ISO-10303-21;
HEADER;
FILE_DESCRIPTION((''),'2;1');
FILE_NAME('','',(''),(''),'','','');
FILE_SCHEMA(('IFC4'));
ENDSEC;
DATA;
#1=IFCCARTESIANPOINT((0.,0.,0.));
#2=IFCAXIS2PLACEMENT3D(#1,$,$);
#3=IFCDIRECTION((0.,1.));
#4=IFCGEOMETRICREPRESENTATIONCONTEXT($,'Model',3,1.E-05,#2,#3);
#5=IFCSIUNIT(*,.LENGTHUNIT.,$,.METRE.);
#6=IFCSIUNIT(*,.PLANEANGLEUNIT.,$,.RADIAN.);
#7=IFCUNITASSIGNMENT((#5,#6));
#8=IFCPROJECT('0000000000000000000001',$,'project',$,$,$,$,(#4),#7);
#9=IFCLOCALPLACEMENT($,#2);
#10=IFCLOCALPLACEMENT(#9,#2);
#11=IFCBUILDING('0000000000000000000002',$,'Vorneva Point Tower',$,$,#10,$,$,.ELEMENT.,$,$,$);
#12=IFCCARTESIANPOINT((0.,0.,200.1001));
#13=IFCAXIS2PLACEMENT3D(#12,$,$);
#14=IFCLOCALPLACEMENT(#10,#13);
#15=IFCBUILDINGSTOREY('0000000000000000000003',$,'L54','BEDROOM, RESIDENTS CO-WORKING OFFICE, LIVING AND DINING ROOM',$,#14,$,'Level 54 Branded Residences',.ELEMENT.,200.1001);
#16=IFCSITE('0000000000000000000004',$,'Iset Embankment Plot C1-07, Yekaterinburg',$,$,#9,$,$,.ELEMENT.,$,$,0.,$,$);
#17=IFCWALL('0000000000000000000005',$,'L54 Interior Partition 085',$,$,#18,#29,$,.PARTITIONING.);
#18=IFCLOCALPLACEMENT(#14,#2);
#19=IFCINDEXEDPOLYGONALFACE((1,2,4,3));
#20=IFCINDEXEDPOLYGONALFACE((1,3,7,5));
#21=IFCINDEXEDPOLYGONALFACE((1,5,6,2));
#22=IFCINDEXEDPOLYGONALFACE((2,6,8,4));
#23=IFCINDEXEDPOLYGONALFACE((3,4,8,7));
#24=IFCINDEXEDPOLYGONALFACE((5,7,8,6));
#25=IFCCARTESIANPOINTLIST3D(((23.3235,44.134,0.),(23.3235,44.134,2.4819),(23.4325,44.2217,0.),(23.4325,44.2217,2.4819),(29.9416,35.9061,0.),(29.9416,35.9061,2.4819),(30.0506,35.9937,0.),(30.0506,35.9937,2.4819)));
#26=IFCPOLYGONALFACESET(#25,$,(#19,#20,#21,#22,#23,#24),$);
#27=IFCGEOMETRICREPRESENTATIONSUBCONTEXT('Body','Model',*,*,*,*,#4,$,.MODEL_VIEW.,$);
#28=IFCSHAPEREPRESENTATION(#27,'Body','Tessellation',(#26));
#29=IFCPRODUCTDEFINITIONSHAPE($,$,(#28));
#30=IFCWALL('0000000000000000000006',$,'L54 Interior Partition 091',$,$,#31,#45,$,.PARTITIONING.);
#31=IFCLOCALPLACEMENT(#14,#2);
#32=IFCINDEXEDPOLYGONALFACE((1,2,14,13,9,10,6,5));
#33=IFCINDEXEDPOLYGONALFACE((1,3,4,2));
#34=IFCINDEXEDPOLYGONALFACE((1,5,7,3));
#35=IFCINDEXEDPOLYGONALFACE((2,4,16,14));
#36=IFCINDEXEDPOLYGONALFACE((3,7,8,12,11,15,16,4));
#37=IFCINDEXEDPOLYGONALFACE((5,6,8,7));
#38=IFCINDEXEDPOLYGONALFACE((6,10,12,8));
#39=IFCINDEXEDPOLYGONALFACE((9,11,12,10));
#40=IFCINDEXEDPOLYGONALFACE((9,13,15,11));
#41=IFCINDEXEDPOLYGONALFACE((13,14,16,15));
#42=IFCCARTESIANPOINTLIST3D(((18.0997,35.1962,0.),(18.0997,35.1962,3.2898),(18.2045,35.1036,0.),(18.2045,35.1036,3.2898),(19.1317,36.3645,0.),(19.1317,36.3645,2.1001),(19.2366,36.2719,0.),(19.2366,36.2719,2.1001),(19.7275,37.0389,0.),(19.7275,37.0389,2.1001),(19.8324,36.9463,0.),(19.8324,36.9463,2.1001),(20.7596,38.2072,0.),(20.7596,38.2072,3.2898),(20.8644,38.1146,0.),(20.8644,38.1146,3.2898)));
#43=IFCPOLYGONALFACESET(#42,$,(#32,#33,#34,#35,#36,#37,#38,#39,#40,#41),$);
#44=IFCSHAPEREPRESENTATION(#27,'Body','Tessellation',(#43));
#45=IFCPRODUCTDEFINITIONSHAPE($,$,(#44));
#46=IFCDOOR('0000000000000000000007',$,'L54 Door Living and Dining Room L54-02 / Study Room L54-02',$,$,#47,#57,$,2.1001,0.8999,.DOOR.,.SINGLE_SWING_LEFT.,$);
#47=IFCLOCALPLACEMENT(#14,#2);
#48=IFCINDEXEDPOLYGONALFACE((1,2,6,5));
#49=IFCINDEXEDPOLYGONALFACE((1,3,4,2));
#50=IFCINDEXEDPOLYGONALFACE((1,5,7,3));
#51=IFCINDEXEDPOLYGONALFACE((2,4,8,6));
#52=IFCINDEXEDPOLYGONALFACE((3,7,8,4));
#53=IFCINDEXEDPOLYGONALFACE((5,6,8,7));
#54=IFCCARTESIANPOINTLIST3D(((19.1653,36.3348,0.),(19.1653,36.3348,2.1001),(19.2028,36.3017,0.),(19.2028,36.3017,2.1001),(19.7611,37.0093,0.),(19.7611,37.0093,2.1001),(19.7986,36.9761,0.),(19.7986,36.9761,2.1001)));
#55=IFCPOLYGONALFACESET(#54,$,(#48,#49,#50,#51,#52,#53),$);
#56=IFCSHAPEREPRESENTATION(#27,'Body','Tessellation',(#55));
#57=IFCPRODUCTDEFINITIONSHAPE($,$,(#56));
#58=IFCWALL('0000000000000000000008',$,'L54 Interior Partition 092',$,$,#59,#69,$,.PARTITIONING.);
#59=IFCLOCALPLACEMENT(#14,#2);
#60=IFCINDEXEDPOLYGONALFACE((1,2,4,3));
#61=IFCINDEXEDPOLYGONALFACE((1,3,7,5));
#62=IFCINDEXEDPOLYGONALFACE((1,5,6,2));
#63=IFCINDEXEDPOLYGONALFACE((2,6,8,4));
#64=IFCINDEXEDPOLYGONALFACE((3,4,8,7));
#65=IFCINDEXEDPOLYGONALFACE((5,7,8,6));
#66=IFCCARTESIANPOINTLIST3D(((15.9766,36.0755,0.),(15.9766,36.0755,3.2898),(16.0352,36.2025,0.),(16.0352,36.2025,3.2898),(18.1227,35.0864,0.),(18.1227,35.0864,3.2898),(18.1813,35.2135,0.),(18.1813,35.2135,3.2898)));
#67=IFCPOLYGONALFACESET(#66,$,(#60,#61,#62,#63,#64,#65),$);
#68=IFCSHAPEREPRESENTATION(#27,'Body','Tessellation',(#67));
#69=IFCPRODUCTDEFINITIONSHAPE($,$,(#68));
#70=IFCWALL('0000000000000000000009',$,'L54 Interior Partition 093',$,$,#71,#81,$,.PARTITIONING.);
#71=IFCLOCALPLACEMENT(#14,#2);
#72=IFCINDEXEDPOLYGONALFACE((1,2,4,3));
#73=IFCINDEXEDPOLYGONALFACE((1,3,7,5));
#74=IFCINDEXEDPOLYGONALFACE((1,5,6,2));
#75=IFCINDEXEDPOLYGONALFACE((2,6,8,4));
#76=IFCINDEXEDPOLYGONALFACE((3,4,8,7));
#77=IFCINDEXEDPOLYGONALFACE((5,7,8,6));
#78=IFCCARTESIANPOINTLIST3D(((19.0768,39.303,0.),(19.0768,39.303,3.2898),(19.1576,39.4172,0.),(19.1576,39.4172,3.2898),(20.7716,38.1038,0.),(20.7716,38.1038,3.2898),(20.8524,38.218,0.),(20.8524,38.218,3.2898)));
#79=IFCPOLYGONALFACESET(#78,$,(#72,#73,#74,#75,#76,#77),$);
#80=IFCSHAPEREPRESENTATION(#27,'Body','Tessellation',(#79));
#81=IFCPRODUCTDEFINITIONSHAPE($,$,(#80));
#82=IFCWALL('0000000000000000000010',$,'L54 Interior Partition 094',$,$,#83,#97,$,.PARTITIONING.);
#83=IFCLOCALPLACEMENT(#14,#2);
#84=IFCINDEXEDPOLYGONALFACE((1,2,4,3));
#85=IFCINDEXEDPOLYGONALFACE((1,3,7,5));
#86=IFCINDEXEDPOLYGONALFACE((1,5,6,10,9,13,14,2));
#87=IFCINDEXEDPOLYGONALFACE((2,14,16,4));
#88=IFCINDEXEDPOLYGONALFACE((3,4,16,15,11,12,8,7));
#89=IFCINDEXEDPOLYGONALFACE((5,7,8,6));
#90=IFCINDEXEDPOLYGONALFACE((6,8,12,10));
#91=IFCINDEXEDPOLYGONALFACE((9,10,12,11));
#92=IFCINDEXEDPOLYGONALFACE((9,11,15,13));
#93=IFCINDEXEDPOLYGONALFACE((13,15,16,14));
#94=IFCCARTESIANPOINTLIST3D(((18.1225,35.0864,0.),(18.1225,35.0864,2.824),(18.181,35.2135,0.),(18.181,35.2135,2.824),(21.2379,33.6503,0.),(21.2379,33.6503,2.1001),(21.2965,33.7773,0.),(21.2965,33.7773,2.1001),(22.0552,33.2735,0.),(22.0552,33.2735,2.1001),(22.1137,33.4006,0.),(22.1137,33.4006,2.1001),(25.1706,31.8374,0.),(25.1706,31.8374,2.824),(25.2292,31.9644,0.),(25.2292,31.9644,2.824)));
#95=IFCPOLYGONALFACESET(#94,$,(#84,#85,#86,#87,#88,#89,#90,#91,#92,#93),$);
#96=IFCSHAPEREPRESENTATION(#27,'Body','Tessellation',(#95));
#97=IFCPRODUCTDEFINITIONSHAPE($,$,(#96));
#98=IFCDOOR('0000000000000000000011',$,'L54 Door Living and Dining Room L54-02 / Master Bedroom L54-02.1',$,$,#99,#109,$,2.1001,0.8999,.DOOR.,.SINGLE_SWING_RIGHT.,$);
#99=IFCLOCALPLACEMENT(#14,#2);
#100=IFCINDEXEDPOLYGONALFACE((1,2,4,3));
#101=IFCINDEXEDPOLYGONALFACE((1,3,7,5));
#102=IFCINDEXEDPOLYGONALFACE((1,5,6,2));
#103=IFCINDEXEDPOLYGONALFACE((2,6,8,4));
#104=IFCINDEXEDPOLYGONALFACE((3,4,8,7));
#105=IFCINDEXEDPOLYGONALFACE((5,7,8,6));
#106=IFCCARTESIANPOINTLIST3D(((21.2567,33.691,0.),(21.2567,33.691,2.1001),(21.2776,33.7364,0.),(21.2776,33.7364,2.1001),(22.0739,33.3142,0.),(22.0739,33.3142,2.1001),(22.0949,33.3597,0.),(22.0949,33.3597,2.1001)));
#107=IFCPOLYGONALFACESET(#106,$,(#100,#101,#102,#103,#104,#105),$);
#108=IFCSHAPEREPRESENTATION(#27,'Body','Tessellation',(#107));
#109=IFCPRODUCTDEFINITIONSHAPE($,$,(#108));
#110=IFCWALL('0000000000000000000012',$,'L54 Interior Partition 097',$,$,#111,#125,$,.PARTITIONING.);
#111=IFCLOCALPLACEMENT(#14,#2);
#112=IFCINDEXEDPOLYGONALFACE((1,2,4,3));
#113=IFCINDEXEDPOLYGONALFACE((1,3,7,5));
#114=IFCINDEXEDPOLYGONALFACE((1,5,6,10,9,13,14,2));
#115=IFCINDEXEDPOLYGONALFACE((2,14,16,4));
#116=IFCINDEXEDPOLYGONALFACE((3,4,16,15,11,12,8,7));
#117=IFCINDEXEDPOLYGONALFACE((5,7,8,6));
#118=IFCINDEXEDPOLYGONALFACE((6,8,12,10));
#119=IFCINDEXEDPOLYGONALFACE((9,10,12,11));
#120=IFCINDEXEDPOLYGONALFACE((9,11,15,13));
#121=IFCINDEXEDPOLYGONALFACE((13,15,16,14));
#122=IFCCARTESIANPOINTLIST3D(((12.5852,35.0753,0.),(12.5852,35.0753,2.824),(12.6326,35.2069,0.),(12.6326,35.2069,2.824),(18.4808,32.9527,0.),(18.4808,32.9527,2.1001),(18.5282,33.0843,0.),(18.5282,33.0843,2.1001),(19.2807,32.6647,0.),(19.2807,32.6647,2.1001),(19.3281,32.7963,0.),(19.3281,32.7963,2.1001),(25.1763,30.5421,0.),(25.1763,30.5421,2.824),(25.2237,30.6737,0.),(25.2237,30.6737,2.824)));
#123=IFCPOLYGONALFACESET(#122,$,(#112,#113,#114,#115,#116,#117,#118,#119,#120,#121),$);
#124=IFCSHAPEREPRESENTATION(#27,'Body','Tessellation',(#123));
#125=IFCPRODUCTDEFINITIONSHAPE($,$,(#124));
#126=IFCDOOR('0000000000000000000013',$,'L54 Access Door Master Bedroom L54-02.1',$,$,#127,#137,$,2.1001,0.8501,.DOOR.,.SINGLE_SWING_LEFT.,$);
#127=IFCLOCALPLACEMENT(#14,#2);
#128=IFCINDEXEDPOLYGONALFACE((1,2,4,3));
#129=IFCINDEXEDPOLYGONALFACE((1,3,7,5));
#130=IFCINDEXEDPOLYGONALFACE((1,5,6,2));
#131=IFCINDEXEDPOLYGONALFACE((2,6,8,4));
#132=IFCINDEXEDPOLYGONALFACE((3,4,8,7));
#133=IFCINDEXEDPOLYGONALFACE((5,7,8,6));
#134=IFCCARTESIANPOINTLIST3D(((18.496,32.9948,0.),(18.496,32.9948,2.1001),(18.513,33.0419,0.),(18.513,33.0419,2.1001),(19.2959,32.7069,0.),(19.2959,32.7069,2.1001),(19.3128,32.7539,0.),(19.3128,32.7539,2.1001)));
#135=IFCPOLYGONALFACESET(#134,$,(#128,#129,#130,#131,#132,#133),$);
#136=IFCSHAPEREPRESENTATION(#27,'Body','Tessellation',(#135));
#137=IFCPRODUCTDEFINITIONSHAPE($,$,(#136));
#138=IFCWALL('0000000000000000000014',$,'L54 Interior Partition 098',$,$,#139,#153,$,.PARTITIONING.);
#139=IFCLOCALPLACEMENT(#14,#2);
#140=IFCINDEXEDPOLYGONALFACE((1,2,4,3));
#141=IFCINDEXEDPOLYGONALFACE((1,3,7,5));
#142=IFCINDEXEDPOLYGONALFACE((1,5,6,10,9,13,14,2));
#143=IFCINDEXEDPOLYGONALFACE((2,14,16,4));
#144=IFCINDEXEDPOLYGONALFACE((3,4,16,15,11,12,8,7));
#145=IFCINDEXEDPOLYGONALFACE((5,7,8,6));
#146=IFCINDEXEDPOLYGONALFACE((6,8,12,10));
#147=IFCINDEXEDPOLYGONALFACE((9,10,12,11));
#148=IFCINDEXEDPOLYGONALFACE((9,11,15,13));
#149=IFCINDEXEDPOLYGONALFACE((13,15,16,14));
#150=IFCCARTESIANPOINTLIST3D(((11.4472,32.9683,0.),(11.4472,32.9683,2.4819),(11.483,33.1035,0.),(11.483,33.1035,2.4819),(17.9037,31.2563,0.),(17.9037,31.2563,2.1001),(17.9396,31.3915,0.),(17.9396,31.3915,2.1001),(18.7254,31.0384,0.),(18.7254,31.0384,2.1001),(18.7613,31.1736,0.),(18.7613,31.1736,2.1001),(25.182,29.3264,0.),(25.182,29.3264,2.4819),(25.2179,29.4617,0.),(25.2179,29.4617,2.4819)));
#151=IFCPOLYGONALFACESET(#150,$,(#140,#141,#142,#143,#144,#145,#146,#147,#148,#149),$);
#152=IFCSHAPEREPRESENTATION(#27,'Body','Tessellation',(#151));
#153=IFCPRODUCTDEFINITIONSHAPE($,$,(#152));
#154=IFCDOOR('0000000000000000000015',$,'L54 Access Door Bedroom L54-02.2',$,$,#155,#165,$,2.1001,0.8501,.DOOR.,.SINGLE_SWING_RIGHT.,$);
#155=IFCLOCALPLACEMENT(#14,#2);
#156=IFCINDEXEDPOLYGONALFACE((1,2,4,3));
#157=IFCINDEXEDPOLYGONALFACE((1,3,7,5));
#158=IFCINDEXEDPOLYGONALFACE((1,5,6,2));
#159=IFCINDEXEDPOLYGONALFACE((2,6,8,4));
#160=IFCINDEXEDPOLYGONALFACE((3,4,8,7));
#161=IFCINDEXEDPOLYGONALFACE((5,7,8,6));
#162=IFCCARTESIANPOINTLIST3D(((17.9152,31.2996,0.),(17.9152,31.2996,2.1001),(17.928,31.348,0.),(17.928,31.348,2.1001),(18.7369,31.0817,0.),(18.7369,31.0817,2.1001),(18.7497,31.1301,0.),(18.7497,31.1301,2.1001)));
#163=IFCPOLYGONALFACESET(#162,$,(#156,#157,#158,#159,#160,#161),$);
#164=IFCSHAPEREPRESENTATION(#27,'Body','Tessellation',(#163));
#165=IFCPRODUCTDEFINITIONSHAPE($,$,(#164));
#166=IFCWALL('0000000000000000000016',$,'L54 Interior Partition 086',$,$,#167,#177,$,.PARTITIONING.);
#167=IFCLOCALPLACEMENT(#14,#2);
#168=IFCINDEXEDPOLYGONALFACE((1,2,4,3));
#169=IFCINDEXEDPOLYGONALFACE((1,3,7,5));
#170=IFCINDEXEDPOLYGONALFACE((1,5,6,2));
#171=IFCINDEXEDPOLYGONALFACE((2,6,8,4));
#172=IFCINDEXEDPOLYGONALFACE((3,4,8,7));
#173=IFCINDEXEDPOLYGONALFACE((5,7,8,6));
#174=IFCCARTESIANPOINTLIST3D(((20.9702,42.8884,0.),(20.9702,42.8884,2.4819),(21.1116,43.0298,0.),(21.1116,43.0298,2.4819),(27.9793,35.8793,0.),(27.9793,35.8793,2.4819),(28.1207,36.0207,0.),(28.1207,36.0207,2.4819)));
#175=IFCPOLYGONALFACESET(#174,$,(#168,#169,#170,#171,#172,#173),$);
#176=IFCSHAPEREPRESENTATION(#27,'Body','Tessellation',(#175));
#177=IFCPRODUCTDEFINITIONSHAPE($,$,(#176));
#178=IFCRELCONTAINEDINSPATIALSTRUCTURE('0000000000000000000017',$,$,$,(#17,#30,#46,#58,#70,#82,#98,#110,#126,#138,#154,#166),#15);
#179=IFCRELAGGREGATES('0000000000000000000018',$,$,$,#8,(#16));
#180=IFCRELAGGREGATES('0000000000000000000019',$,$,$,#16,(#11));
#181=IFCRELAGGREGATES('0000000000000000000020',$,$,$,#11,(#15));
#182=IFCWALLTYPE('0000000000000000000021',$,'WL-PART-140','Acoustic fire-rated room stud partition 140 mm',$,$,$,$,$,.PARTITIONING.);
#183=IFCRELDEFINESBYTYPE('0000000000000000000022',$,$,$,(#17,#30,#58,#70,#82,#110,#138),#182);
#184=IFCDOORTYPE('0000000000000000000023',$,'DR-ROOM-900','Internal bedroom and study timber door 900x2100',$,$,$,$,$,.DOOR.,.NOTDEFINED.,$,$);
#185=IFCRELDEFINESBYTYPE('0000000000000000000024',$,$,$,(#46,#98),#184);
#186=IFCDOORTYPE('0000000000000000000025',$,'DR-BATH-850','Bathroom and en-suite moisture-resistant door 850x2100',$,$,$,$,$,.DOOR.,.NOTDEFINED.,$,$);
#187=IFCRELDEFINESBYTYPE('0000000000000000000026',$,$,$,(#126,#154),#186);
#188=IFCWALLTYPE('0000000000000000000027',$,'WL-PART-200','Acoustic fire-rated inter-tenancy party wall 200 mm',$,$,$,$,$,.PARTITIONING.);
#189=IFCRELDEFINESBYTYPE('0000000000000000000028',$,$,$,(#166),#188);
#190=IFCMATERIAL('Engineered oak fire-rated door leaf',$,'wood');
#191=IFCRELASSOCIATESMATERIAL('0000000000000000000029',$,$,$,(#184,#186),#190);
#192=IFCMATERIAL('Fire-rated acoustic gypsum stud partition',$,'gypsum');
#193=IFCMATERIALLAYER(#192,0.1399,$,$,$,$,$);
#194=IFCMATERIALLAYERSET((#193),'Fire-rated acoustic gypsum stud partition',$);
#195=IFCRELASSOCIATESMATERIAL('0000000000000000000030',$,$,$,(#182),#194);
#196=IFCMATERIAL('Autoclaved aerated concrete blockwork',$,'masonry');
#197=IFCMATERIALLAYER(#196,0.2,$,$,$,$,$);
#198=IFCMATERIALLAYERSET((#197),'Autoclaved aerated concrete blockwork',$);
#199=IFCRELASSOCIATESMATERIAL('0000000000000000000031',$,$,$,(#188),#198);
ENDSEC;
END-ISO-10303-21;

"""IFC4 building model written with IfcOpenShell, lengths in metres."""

from ifc_helpers import new_model, si_unit, direction, frame, frame_2d, origin, place, context, subcontext, project, spatial, rectangle, extrude, material, layer, layer_set, type_object, element, fill, save


model = new_model("IFC4")

# Units and contexts
model_context = context("Model", 3, precision=1e-05, world=origin(), true_north=direction((0.0, 1.0)))
body_context = subcontext(model_context, "Body", "Model", "MODEL_VIEW")
ifc_project = project(units=[si_unit("LENGTHUNIT", "METRE"), si_unit("PLANEANGLEUNIT", "RADIAN")], contexts=[model_context])

# Site, building, storey
site_placement = place(None, origin())
site = spatial("IfcSite", under=ifc_project, at=site_placement, Name="Iset Embankment Plot C1-07, Yekaterinburg", CompositionType="ELEMENT", RefElevation=0.0)
building_placement = place(site_placement, origin())
building = spatial("IfcBuilding", under=site, at=building_placement, Name="Vorneva Point Tower", CompositionType="ELEMENT")
storey_placement = place(building_placement, frame((0.0, 0.0, 200.1001)))
storey = spatial("IfcBuildingStorey", under=building, at=storey_placement, Name="L54", Description="BEDROOM, RESIDENTS CO-WORKING OFFICE, LIVING AND DINING ROOM", LongName="Level 54 Branded Residences", CompositionType="ELEMENT", Elevation=200.1001)

# Shared definitions
ifc_material_1 = material(Name="Fire-rated acoustic gypsum stud partition", Category="gypsum")

# Shared definitions
ifc_material_2 = material(Name="Engineered oak fire-rated door leaf", Category="wood")
door_type_1 = type_object("IfcDoorType", Name="DR-ROOM-900", Description="Internal bedroom and study timber door 900x2100", OperationType="NOTDEFINED", PredefinedType="DOOR", material=ifc_material_2)

# Wall
ifc_layer_1 = layer(ifc_material_1, 0.1399)
ifc_layer_set_1 = layer_set([ifc_layer_1], Name="Fire-rated acoustic gypsum stud partition")
wall_type_1 = type_object("IfcWallType", Name="WL-PART-140", Description="Acoustic fire-rated room stud partition 140 mm", PredefinedType="PARTITIONING", material=ifc_layer_set_1)
wall_1_placement = place(storey_placement, frame((23.3779, 44.178, 0.0), z_axis=(0.0, 0.0, 1.0), x_axis=(0.626757, -0.779215, 0.0)))
element("IfcWall", 1, at=wall_1_placement, inside=storey, type_object=wall_type_1, Name="L54 Interior Partition 085", PredefinedType="PARTITIONING", context=body_context, shape_type="SweptSolid", body=[
    extrude(rectangle(XDim=10.5593, YDim=0.1399, at=frame_2d((5.2798, 0.0))), origin(), (0.0, 0.0, 1.0), 2.4819),
])

# Wall, opening, door
wall_2_placement = place(storey_placement, frame((20.812, 38.1609, 0.0), z_axis=(0.0, 0.0, 1.0), x_axis=(-0.662064, -0.749448, 0.0)))
wall_2 = element("IfcWall", 2, at=wall_2_placement, inside=storey, type_object=wall_type_1, Name="L54 Interior Partition 091", PredefinedType="PARTITIONING", context=body_context, shape_type="SweptSolid", body=[
    extrude(rectangle(XDim=4.0176, YDim=0.1399, at=frame_2d((2.0088, 0.0))), origin(), (0.0, 0.0, 1.0), 3.2898),
])
opening_1_placement = place(wall_2_placement, frame((1.5588, 0.0, 0.0)))
opening_1 = element("IfcOpeningElement", 3, at=opening_1_placement, cuts=wall_2, PredefinedType="OPENING", context=body_context, shape_type="SweptSolid", body=[
    extrude(rectangle(XDim=0.8999, YDim=2.1001, at=frame_2d((0.45, 1.05))), frame((0.0, 0.085, 0.0), z_axis=(0.0, -1.0, 0.0), x_axis=(1.0, 0.0, 0.0)), (0.0, 0.0, 1.0), 0.1697),
])
door_1_placement = place(opening_1_placement, origin())
door_1 = element("IfcDoor", 4, at=door_1_placement, inside=storey, type_object=door_type_1, Name="L54 Door Living and Dining Room L54-02 / Study Room L54-02", OperationType="SINGLE_SWING_LEFT", OverallHeight=2.1001, OverallWidth=0.8999, PredefinedType="DOOR", context=body_context, shape_type="SweptSolid", body=[
    extrude(rectangle(XDim=0.8999, YDim=2.1001, at=frame_2d((0.45, 1.05))), frame((0.0, 0.0249, 0.0), z_axis=(0.0, -1.0, 0.0), x_axis=(1.0, 0.0, 0.0)), (0.0, 0.0, 1.0), 0.05),
])
fill(opening_1, door_1)

# Walls
wall_3_placement = place(storey_placement, frame((18.1521, 35.1499, 0.0), z_axis=(0.0, 0.0, 1.0), x_axis=(-0.908192, 0.418554, 0.0)))
element("IfcWall", 5, at=wall_3_placement, inside=storey, type_object=wall_type_1, Name="L54 Interior Partition 092", PredefinedType="PARTITIONING", context=body_context, shape_type="SweptSolid", body=[
    extrude(rectangle(XDim=2.363, YDim=0.1399, at=frame_2d((1.1816, 0.0))), origin(), (0.0, 0.0, 1.0), 3.2898),
])
wall_4_placement = place(storey_placement, frame((19.1172, 39.3601, 0.0), z_axis=(0.0, 0.0, 1.0), x_axis=(0.816316, -0.577606, 0.0)))
element("IfcWall", 6, at=wall_4_placement, inside=storey, type_object=wall_type_1, Name="L54 Interior Partition 093", PredefinedType="PARTITIONING", context=body_context, shape_type="SweptSolid", body=[
    extrude(rectangle(XDim=2.0762, YDim=0.1399, at=frame_2d((1.0381, 0.0))), origin(), (0.0, 0.0, 1.0), 3.2898),
])

# Walls, openings, doors
wall_5_placement = place(storey_placement, frame((18.1519, 35.1499, 0.0), z_axis=(0.0, 0.0, 1.0), x_axis=(0.908153, -0.418639, 0.0)))
wall_5 = element("IfcWall", 7, at=wall_5_placement, inside=storey, type_object=wall_type_1, Name="L54 Interior Partition 094", PredefinedType="PARTITIONING", context=body_context, shape_type="SweptSolid", body=[
    extrude(rectangle(XDim=7.761, YDim=0.1399, at=frame_2d((3.8804, 0.0))), origin(), (0.0, 0.0, 1.0), 2.824),
])
opening_2_placement = place(wall_5_placement, frame((3.4304, 0.0, 0.0)))
opening_2 = element("IfcOpeningElement", 8, at=opening_2_placement, cuts=wall_5, PredefinedType="OPENING", context=body_context, shape_type="SweptSolid", body=[
    extrude(rectangle(XDim=0.8999, YDim=2.1001, at=frame_2d((0.45, 1.05))), frame((0.0, 0.085, 0.0), z_axis=(0.0, -1.0, 0.0), x_axis=(1.0, 0.0, 0.0)), (0.0, 0.0, 1.0), 0.1697),
])
door_2_placement = place(opening_2_placement, origin())
door_2 = element("IfcDoor", 9, at=door_2_placement, inside=storey, type_object=door_type_1, Name="L54 Door Living and Dining Room L54-02 / Master Bedroom L54-02.1", OperationType="SINGLE_SWING_RIGHT", OverallHeight=2.1001, OverallWidth=0.8999, PredefinedType="DOOR", context=body_context, shape_type="SweptSolid", body=[
    extrude(rectangle(XDim=0.8999, YDim=2.1001, at=frame_2d((0.45, 1.05))), frame((0.0, 0.0249, 0.0), z_axis=(0.0, -1.0, 0.0), x_axis=(1.0, 0.0, 0.0)), (0.0, 0.0, 1.0), 0.05),
])
fill(opening_2, door_2)
wall_6_placement = place(storey_placement, frame((12.6089, 35.1411, 0.0), z_axis=(0.0, 0.0, 1.0), x_axis=(0.940877, -0.338747, 0.0)))
wall_6 = element("IfcWall", 10, at=wall_6_placement, inside=storey, type_object=wall_type_1, Name="L54 Interior Partition 097", PredefinedType="PARTITIONING", context=body_context, shape_type="SweptSolid", body=[
    extrude(rectangle(XDim=13.3823, YDim=0.1399, at=frame_2d((6.6912, 0.0))), origin(), (0.0, 0.0, 1.0), 2.824),
])
opening_3_placement = place(wall_6_placement, frame((6.2661, 0.0, 0.0)))
opening_3 = element("IfcOpeningElement", 11, at=opening_3_placement, cuts=wall_6, PredefinedType="OPENING", context=body_context, shape_type="SweptSolid", body=[
    extrude(rectangle(XDim=0.8501, YDim=2.1001, at=frame_2d((0.425, 1.05))), frame((0.0, 0.085, 0.0), z_axis=(0.0, -1.0, 0.0), x_axis=(1.0, 0.0, 0.0)), (0.0, 0.0, 1.0), 0.1697),
])
door_type_2 = type_object("IfcDoorType", Name="DR-BATH-850", Description="Bathroom and en-suite moisture-resistant door 850x2100", OperationType="NOTDEFINED", PredefinedType="DOOR", material=ifc_material_2)
door_3_placement = place(opening_3_placement, origin())
door_3 = element("IfcDoor", 12, at=door_3_placement, inside=storey, type_object=door_type_2, Name="L54 Access Door Master Bedroom L54-02.1", OperationType="SINGLE_SWING_LEFT", OverallHeight=2.1001, OverallWidth=0.8501, PredefinedType="DOOR", context=body_context, shape_type="SweptSolid", body=[
    extrude(rectangle(XDim=0.8501, YDim=2.1001, at=frame_2d((0.425, 1.05))), frame((0.0, 0.0249, 0.0), z_axis=(0.0, -1.0, 0.0), x_axis=(1.0, 0.0, 0.0)), (0.0, 0.0, 1.0), 0.05),
])
fill(opening_3, door_3)
wall_7_placement = place(storey_placement, frame((11.4651, 33.0359, 0.0), z_axis=(0.0, 0.0, 1.0), x_axis=(0.966598, -0.256297, 0.0)))
wall_7 = element("IfcWall", 13, at=wall_7_placement, inside=storey, type_object=wall_type_1, Name="L54 Interior Partition 098", PredefinedType="PARTITIONING", context=body_context, shape_type="SweptSolid", body=[
    extrude(rectangle(XDim=14.2095, YDim=0.1399, at=frame_2d((7.1047, 0.0))), origin(), (0.0, 0.0, 1.0), 2.4819),
])
opening_4_placement = place(wall_7_placement, frame((6.6797, 0.0, 0.0)))
opening_4 = element("IfcOpeningElement", 14, at=opening_4_placement, cuts=wall_7, PredefinedType="OPENING", context=body_context, shape_type="SweptSolid", body=[
    extrude(rectangle(XDim=0.8501, YDim=2.1001, at=frame_2d((0.425, 1.05))), frame((0.0, 0.085, 0.0), z_axis=(0.0, -1.0, 0.0), x_axis=(1.0, 0.0, 0.0)), (0.0, 0.0, 1.0), 0.1697),
])
door_4_placement = place(opening_4_placement, origin())
door_4 = element("IfcDoor", 15, at=door_4_placement, inside=storey, type_object=door_type_2, Name="L54 Access Door Bedroom L54-02.2", OperationType="SINGLE_SWING_RIGHT", OverallHeight=2.1001, OverallWidth=0.8501, PredefinedType="DOOR", context=body_context, shape_type="SweptSolid", body=[
    extrude(rectangle(XDim=0.8501, YDim=2.1001, at=frame_2d((0.425, 1.05))), frame((0.0, 0.0249, 0.0), z_axis=(0.0, -1.0, 0.0), x_axis=(1.0, 0.0, 0.0)), (0.0, 0.0, 1.0), 0.05),
])
fill(opening_4, door_4)

# Wall
ifc_material_3 = material(Name="Autoclaved aerated concrete blockwork", Category="masonry")
ifc_layer_2 = layer(ifc_material_3, 0.2)
ifc_layer_set_2 = layer_set([ifc_layer_2], Name="Autoclaved aerated concrete blockwork")
wall_type_2 = type_object("IfcWallType", Name="WL-PART-200", Description="Acoustic fire-rated inter-tenancy party wall 200 mm", PredefinedType="PARTITIONING", material=ifc_layer_set_2)
wall_8_placement = place(storey_placement, frame((21.041, 42.959, 0.0), z_axis=(0.0, 0.0, 1.0), x_axis=(0.707107, -0.707107, 0.0)))
element("IfcWall", 16, at=wall_8_placement, inside=storey, type_object=wall_type_2, Name="L54 Interior Partition 086", PredefinedType="PARTITIONING", context=body_context, shape_type="SweptSolid", body=[
    extrude(rectangle(XDim=9.9124, YDim=0.2, at=frame_2d((4.9561, 0.0))), origin(), (0.0, 0.0, 1.0), 2.4819),
])

save(model, "model.ifc")
